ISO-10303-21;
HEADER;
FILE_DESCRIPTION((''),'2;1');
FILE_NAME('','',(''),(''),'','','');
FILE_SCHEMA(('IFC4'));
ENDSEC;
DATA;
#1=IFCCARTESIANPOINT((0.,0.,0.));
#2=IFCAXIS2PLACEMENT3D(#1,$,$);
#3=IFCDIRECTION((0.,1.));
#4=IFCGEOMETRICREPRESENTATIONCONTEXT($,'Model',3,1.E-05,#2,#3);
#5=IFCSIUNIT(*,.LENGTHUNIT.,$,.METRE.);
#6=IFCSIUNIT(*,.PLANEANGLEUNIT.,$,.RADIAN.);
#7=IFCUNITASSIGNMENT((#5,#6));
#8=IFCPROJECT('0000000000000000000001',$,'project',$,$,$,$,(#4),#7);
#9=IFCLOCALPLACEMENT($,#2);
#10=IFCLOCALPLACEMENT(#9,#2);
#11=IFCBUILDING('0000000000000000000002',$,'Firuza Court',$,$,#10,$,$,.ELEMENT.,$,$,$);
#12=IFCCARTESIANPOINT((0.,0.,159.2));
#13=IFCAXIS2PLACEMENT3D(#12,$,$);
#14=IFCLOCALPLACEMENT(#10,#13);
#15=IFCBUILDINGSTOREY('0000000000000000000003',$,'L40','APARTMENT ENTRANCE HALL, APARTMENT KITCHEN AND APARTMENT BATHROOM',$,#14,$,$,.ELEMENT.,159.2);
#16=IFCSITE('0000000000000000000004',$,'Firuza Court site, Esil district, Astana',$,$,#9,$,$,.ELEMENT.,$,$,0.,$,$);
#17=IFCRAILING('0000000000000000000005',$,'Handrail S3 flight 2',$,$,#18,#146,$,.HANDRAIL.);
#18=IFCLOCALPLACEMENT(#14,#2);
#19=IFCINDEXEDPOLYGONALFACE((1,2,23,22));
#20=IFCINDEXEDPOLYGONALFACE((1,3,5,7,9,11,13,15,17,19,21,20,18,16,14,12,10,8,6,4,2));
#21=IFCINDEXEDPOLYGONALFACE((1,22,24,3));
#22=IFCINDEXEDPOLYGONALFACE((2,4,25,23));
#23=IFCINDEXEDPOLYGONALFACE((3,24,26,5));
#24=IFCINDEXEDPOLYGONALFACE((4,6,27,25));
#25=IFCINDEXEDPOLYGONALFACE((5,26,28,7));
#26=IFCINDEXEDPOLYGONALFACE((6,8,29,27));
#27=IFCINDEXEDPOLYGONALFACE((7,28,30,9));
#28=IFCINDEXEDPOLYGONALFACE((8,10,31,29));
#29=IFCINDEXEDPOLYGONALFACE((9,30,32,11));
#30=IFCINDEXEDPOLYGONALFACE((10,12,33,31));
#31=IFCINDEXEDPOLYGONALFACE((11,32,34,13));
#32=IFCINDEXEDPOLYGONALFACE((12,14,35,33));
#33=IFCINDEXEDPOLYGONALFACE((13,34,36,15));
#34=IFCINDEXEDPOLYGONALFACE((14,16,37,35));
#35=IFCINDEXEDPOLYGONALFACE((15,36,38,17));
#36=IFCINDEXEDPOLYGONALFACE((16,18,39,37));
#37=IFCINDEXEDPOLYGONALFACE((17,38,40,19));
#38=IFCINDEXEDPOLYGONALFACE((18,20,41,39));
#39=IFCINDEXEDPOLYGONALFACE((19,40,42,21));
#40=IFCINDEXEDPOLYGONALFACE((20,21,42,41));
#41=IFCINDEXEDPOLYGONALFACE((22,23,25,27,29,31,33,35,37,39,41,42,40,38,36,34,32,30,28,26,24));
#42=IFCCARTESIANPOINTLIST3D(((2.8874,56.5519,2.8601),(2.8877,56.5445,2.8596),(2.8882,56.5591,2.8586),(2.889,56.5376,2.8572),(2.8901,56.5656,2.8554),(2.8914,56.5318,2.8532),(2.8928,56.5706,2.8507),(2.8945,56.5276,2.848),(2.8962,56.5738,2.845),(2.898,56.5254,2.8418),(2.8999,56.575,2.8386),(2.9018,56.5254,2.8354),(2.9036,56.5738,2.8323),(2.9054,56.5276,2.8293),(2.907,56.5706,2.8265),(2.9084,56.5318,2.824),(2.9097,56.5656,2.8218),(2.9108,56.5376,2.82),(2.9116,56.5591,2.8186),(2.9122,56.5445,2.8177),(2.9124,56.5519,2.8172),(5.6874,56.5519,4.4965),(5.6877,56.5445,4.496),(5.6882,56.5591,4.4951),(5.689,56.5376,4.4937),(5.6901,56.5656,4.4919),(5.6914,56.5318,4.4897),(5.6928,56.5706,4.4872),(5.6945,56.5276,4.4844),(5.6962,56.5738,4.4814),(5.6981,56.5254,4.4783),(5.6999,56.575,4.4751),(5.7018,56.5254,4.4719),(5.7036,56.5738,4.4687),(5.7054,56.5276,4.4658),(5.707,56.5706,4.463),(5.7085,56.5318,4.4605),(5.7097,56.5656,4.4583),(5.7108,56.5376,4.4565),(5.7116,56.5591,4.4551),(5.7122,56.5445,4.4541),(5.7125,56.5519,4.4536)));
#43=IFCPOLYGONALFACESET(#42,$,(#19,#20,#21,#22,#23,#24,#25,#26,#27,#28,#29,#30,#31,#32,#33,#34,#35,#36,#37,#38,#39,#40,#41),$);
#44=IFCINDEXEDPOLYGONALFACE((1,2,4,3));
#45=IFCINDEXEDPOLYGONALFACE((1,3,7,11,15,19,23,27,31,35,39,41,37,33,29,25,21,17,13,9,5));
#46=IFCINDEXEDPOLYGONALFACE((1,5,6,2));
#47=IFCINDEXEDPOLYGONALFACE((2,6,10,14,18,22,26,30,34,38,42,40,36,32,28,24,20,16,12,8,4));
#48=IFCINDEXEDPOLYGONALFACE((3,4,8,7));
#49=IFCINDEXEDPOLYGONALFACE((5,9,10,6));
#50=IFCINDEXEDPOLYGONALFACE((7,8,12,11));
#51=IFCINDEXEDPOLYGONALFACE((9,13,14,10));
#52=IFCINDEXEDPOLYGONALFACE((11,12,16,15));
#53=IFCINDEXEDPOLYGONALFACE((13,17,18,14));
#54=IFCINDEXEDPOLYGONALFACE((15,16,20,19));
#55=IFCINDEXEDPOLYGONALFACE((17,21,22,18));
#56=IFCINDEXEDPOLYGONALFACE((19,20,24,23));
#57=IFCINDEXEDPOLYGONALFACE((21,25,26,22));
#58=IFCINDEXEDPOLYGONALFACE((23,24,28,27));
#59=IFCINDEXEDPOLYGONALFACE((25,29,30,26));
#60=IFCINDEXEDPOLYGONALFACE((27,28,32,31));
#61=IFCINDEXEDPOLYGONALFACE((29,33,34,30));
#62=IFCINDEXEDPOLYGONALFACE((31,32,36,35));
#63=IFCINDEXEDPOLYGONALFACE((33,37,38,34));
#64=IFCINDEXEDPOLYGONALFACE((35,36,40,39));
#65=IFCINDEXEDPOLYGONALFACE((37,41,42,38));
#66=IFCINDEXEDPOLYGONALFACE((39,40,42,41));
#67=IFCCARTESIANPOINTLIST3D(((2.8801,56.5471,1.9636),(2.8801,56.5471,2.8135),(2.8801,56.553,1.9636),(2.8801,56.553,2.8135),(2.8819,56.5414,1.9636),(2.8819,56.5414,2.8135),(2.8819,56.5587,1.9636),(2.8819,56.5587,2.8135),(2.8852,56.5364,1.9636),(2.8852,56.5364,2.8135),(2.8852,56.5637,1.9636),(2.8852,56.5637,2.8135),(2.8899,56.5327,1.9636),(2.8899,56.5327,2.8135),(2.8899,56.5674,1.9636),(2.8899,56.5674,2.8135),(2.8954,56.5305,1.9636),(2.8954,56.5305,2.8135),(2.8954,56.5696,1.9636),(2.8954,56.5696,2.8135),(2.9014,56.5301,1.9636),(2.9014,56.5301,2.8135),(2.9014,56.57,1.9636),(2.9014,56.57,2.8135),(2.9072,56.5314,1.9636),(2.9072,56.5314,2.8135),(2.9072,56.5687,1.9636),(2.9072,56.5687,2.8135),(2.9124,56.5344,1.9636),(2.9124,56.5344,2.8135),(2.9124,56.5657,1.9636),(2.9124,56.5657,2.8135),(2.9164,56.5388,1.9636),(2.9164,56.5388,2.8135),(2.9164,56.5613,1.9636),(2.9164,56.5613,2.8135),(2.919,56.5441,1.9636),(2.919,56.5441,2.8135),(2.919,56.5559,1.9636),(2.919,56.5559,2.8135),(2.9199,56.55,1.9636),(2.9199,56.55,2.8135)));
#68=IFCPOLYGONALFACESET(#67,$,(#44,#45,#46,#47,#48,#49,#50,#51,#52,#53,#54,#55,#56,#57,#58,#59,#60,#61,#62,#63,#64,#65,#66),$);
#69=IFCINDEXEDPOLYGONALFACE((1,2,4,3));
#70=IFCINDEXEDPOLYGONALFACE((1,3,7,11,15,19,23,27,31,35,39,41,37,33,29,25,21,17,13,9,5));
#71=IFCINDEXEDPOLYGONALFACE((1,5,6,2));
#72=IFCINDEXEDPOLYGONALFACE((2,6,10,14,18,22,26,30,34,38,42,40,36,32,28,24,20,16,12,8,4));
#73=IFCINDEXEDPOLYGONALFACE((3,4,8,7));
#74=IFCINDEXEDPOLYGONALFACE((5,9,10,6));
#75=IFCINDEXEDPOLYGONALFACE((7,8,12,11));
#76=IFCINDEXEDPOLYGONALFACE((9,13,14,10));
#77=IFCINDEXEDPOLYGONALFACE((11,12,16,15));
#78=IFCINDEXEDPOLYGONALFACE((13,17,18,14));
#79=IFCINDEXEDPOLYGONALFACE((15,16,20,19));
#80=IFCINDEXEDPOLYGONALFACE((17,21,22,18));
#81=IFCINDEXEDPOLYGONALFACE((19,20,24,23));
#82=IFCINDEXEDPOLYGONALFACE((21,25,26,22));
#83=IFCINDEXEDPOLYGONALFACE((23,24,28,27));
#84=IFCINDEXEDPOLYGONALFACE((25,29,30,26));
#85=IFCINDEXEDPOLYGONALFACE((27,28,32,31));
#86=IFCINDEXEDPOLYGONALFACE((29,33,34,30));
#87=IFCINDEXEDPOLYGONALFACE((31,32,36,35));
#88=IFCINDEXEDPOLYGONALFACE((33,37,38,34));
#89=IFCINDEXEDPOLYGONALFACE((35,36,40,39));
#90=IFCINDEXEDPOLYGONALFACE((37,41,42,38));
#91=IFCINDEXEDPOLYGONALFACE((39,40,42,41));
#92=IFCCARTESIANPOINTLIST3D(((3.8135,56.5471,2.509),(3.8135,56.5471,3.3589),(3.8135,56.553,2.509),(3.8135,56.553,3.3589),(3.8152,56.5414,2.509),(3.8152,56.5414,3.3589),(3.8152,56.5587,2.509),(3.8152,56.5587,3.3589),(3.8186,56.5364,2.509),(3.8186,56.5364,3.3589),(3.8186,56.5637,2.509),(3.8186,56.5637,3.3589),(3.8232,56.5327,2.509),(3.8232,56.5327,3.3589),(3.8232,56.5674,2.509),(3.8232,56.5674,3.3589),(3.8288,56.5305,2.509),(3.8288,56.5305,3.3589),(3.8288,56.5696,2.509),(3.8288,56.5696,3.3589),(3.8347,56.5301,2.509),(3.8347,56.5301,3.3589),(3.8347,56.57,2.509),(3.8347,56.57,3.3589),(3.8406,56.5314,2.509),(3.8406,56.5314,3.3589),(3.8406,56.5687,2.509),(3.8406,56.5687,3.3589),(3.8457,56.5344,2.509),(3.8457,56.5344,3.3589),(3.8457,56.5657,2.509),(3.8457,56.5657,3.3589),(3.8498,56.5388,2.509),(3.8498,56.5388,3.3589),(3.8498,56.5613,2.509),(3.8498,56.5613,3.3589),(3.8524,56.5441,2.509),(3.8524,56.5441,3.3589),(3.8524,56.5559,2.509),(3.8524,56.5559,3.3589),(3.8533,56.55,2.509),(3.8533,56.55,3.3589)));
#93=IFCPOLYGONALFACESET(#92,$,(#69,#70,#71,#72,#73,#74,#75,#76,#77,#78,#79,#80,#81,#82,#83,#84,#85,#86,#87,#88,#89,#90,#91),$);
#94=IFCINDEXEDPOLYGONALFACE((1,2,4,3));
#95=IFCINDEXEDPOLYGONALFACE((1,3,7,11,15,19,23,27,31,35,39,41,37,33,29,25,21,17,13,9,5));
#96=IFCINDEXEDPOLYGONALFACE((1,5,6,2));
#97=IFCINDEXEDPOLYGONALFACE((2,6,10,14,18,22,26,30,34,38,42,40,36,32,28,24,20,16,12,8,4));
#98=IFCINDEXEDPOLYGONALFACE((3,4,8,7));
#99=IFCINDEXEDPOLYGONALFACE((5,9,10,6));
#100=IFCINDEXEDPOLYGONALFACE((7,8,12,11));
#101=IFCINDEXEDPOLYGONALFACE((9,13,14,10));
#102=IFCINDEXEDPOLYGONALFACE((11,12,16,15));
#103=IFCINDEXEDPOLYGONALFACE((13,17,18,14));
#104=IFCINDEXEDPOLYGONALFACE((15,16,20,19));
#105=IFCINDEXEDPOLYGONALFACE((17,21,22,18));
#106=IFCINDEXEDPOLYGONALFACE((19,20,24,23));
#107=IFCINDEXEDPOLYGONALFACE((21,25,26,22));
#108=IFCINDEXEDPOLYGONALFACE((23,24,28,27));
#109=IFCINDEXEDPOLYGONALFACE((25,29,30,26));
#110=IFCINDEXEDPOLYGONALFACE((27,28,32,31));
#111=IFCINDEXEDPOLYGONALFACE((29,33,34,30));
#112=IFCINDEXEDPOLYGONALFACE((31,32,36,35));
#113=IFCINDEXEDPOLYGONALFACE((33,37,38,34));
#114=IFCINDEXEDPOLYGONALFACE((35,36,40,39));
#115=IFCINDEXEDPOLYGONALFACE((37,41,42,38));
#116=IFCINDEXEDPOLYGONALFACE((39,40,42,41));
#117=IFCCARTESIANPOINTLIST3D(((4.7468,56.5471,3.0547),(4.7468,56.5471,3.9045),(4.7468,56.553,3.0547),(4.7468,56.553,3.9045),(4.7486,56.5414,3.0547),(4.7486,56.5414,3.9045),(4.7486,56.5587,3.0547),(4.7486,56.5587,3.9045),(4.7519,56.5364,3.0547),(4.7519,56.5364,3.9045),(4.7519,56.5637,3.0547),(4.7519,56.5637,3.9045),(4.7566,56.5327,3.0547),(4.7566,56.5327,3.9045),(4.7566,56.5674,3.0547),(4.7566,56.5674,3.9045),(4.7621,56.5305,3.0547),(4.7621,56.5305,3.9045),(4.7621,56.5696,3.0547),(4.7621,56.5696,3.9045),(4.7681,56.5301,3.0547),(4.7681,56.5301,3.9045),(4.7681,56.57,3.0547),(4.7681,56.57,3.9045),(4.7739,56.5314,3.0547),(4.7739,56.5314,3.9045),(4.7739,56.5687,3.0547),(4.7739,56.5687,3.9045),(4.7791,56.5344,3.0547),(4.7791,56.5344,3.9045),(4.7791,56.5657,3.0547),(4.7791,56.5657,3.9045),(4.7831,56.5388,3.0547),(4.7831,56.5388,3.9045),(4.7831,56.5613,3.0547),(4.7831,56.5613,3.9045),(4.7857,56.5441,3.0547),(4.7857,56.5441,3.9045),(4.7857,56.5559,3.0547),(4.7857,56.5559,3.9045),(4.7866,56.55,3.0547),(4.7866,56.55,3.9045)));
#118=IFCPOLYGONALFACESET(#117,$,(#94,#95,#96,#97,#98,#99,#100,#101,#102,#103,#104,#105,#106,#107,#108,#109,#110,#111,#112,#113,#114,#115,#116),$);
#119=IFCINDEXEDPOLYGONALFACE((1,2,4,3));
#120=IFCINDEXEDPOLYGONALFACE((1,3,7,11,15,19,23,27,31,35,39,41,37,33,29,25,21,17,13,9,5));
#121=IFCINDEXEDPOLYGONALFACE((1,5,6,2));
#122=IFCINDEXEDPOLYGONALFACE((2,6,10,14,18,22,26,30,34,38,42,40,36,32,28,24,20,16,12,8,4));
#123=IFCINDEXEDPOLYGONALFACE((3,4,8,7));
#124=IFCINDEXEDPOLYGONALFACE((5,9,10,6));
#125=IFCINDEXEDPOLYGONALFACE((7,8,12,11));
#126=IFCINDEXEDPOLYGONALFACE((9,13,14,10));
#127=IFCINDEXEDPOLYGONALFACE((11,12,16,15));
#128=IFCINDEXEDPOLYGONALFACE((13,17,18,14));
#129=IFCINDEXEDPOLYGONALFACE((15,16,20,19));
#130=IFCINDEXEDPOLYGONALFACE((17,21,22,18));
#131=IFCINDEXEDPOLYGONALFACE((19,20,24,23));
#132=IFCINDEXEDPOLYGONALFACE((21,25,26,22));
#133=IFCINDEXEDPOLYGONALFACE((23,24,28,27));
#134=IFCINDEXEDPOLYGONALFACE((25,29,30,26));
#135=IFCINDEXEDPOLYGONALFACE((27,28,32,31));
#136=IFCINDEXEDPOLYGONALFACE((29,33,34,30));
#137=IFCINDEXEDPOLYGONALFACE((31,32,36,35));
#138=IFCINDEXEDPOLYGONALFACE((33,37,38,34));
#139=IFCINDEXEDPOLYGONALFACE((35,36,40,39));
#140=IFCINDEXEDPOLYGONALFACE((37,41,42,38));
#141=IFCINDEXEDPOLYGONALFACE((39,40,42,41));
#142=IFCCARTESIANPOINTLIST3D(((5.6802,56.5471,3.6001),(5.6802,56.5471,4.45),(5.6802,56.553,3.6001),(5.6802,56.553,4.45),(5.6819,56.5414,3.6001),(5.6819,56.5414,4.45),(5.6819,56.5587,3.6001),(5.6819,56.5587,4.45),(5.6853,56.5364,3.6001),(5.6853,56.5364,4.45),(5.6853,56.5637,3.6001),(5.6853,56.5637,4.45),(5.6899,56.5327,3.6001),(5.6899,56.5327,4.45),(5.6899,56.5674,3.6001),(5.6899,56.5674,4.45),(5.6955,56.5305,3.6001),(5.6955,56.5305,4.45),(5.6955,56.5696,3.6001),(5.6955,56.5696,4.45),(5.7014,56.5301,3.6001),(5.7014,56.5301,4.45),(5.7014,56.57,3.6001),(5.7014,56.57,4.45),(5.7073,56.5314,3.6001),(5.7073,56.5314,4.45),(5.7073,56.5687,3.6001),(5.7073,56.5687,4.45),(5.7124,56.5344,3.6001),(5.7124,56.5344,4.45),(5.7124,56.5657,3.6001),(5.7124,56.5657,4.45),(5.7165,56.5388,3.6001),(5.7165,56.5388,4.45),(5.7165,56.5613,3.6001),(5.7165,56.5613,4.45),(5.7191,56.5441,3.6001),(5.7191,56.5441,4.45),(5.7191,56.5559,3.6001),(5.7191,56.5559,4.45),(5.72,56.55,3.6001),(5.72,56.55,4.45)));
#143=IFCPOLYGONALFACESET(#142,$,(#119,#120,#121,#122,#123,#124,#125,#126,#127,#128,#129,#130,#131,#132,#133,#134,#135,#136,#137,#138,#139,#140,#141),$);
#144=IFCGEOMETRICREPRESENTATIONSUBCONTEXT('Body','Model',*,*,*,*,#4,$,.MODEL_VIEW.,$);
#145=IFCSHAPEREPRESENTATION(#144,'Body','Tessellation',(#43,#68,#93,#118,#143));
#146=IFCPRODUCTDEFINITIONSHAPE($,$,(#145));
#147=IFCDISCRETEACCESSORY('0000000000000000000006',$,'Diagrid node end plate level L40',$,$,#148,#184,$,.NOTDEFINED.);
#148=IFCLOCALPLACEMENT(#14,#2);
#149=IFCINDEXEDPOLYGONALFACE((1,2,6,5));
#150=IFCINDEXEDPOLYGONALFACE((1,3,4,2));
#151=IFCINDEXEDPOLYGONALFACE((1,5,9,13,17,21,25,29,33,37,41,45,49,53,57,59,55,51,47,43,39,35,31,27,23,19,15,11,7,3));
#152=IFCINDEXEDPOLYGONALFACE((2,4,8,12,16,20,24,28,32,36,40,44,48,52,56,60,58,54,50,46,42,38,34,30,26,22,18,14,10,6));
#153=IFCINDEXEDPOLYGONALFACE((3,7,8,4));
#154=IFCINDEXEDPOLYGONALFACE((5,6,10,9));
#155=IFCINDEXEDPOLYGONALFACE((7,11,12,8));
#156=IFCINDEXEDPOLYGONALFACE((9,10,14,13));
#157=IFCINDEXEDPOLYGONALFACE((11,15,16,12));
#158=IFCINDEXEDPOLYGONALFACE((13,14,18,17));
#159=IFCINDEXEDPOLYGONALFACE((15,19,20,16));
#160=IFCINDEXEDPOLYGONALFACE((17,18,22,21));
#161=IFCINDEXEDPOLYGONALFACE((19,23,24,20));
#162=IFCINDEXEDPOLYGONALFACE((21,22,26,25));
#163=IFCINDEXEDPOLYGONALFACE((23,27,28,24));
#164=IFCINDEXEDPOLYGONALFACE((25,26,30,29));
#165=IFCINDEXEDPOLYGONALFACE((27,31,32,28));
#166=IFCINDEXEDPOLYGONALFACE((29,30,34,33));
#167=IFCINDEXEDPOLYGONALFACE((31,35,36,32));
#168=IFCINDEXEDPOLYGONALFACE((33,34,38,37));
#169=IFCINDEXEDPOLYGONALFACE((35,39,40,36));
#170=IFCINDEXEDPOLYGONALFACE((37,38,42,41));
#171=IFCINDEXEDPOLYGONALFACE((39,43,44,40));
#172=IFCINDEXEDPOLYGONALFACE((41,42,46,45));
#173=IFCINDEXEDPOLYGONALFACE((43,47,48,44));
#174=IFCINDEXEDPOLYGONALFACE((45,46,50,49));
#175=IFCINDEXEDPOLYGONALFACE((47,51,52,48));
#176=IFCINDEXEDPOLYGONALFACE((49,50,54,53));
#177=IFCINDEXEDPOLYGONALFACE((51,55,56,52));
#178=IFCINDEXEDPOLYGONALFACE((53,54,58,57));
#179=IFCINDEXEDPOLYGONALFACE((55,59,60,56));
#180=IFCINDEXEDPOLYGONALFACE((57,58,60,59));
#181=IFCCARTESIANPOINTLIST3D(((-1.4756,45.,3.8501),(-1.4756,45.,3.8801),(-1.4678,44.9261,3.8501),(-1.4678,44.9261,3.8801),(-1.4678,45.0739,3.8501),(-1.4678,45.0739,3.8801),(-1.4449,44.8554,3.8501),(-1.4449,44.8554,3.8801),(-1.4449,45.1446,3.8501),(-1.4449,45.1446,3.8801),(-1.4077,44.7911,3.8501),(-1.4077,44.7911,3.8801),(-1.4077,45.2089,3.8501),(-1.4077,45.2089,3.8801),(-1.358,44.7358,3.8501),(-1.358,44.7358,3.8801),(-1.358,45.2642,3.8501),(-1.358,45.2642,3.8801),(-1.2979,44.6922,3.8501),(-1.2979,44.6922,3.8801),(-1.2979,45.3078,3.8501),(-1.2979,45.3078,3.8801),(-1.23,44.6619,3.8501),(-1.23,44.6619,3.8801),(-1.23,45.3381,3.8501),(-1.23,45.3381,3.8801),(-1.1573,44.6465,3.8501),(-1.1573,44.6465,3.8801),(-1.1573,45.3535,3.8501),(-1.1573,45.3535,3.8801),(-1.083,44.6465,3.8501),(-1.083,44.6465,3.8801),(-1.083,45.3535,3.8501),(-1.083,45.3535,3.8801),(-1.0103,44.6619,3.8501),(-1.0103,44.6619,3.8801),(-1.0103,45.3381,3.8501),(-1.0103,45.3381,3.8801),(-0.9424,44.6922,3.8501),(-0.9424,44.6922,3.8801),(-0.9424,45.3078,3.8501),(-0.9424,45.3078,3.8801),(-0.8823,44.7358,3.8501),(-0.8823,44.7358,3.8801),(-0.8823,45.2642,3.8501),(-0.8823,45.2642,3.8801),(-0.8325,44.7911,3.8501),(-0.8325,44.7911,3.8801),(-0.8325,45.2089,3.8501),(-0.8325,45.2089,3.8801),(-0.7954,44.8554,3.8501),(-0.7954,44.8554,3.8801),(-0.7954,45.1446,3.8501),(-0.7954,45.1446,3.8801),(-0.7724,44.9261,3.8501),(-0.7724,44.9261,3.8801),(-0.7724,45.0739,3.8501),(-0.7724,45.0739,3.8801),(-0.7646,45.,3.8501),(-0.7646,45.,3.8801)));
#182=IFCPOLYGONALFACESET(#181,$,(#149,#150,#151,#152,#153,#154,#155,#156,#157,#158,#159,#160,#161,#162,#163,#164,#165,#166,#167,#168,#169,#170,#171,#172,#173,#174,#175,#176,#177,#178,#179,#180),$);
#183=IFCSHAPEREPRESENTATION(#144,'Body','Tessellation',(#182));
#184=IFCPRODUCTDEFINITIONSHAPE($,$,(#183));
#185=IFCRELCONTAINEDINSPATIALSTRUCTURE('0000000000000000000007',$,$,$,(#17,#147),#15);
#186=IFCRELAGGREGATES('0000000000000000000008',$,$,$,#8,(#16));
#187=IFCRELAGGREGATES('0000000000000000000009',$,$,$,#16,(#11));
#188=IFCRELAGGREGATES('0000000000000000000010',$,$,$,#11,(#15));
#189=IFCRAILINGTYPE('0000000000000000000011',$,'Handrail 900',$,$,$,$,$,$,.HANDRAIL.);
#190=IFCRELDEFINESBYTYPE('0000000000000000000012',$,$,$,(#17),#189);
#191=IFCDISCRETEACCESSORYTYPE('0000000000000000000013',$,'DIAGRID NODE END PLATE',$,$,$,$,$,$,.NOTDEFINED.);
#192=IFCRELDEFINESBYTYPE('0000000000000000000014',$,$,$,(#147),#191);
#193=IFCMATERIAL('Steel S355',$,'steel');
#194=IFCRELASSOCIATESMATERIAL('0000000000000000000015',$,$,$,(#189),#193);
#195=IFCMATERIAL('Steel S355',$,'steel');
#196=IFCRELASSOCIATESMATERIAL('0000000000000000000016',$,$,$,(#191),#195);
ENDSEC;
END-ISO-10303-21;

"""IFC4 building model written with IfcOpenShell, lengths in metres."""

from ifc_helpers import new_model, si_unit, direction, frame, origin, origin_2d, place, context, subcontext, project, spatial, circle, extrude, material, material_profile, profile_set, type_object, element, save


model = new_model("IFC4")

# Units and contexts
model_context = context("Model", 3, precision=1e-05, world=origin(), true_north=direction((0.0, 1.0)))
body_context = subcontext(model_context, "Body", "Model", "MODEL_VIEW")
ifc_project = project(units=[si_unit("LENGTHUNIT", "METRE"), si_unit("PLANEANGLEUNIT", "RADIAN")], contexts=[model_context])

# Site, building, storey
site_placement = place(None, origin())
site = spatial("IfcSite", under=ifc_project, at=site_placement, Name="Firuza Court site, Esil district, Astana", CompositionType="ELEMENT", RefElevation=0.0)
building_placement = place(site_placement, origin())
building = spatial("IfcBuilding", under=site, at=building_placement, Name="Firuza Court", CompositionType="ELEMENT")
storey_placement = place(building_placement, frame((0.0, 0.0, 159.2)))
storey = spatial("IfcBuildingStorey", under=building, at=storey_placement, Name="L40", Description="APARTMENT ENTRANCE HALL, APARTMENT KITCHEN AND APARTMENT BATHROOM", CompositionType="ELEMENT", Elevation=159.2)

# Railing
ifc_material_1 = material(Name="Steel S355", Category="steel")
railing_type = type_object("IfcRailingType", Name="Handrail 900", PredefinedType="HANDRAIL", material=ifc_material_1)
railing_placement = place(storey_placement, frame((2.8999, 56.55, 1.9636)))
element("IfcRailing", 1, at=railing_placement, inside=storey, type_object=railing_type, Name="Handrail S3 flight 2", PredefinedType="HANDRAIL", context=body_context, shape_type="SweptSolid", body=[
    extrude(circle(Radius=0.0249, at=origin_2d()), frame((0.0, 0.0, 0.875), z_axis=(0.863361, 0.0, 0.504587), x_axis=(0.0, 1.0, 0.0)), (0.0, 0.0, 1.0), 3.2432),
    extrude(circle(Radius=0.02, at=origin_2d()), origin(), (0.0, 0.0, 1.0), 0.8499),
    extrude(circle(Radius=0.02, at=origin_2d()), frame((0.9333, 0.0, 0.5454)), (0.0, 0.0, 1.0), 0.8499),
    extrude(circle(Radius=0.02, at=origin_2d()), frame((1.8667, 0.0, 1.0911)), (0.0, 0.0, 1.0), 0.8499),
    extrude(circle(Radius=0.02, at=origin_2d()), frame((2.8, 0.0, 1.6365)), (0.0, 0.0, 1.0), 0.8499),
])

# Discrete accessory
ifc_material_2 = material(Name="Steel S355", Category="steel")
ifc_material_profile_1 = material_profile(ifc_material_2, circle(Radius=0.3555, at=origin_2d()), Name="PL D711")
ifc_profile_set_1 = profile_set([ifc_material_profile_1], Name="Steel S355")
discrete_accessory_type = type_object("IfcDiscreteAccessoryType", Name="DIAGRID NODE END PLATE", PredefinedType="NOTDEFINED", material=ifc_profile_set_1)
for number, where, z_axis, x_axis, name in (
    (2, (-1.1201, 45.0, 3.8501), (0.0, 0.0, 1.0), (1.0, 0.0, 0.0), "Diagrid node end plate level L40"),
):
    element("IfcDiscreteAccessory", number, at=place(storey_placement, frame(where, z_axis=z_axis, x_axis=x_axis)), inside=storey, type_object=discrete_accessory_type, Name=name, PredefinedType="NOTDEFINED", context=body_context, shape_type="SweptSolid", body=[
        extrude(circle(Radius=0.3555, at=origin_2d()), origin(), (0.0, 0.0, 1.0), 0.03),
    ])

save(model, "model.ifc")
